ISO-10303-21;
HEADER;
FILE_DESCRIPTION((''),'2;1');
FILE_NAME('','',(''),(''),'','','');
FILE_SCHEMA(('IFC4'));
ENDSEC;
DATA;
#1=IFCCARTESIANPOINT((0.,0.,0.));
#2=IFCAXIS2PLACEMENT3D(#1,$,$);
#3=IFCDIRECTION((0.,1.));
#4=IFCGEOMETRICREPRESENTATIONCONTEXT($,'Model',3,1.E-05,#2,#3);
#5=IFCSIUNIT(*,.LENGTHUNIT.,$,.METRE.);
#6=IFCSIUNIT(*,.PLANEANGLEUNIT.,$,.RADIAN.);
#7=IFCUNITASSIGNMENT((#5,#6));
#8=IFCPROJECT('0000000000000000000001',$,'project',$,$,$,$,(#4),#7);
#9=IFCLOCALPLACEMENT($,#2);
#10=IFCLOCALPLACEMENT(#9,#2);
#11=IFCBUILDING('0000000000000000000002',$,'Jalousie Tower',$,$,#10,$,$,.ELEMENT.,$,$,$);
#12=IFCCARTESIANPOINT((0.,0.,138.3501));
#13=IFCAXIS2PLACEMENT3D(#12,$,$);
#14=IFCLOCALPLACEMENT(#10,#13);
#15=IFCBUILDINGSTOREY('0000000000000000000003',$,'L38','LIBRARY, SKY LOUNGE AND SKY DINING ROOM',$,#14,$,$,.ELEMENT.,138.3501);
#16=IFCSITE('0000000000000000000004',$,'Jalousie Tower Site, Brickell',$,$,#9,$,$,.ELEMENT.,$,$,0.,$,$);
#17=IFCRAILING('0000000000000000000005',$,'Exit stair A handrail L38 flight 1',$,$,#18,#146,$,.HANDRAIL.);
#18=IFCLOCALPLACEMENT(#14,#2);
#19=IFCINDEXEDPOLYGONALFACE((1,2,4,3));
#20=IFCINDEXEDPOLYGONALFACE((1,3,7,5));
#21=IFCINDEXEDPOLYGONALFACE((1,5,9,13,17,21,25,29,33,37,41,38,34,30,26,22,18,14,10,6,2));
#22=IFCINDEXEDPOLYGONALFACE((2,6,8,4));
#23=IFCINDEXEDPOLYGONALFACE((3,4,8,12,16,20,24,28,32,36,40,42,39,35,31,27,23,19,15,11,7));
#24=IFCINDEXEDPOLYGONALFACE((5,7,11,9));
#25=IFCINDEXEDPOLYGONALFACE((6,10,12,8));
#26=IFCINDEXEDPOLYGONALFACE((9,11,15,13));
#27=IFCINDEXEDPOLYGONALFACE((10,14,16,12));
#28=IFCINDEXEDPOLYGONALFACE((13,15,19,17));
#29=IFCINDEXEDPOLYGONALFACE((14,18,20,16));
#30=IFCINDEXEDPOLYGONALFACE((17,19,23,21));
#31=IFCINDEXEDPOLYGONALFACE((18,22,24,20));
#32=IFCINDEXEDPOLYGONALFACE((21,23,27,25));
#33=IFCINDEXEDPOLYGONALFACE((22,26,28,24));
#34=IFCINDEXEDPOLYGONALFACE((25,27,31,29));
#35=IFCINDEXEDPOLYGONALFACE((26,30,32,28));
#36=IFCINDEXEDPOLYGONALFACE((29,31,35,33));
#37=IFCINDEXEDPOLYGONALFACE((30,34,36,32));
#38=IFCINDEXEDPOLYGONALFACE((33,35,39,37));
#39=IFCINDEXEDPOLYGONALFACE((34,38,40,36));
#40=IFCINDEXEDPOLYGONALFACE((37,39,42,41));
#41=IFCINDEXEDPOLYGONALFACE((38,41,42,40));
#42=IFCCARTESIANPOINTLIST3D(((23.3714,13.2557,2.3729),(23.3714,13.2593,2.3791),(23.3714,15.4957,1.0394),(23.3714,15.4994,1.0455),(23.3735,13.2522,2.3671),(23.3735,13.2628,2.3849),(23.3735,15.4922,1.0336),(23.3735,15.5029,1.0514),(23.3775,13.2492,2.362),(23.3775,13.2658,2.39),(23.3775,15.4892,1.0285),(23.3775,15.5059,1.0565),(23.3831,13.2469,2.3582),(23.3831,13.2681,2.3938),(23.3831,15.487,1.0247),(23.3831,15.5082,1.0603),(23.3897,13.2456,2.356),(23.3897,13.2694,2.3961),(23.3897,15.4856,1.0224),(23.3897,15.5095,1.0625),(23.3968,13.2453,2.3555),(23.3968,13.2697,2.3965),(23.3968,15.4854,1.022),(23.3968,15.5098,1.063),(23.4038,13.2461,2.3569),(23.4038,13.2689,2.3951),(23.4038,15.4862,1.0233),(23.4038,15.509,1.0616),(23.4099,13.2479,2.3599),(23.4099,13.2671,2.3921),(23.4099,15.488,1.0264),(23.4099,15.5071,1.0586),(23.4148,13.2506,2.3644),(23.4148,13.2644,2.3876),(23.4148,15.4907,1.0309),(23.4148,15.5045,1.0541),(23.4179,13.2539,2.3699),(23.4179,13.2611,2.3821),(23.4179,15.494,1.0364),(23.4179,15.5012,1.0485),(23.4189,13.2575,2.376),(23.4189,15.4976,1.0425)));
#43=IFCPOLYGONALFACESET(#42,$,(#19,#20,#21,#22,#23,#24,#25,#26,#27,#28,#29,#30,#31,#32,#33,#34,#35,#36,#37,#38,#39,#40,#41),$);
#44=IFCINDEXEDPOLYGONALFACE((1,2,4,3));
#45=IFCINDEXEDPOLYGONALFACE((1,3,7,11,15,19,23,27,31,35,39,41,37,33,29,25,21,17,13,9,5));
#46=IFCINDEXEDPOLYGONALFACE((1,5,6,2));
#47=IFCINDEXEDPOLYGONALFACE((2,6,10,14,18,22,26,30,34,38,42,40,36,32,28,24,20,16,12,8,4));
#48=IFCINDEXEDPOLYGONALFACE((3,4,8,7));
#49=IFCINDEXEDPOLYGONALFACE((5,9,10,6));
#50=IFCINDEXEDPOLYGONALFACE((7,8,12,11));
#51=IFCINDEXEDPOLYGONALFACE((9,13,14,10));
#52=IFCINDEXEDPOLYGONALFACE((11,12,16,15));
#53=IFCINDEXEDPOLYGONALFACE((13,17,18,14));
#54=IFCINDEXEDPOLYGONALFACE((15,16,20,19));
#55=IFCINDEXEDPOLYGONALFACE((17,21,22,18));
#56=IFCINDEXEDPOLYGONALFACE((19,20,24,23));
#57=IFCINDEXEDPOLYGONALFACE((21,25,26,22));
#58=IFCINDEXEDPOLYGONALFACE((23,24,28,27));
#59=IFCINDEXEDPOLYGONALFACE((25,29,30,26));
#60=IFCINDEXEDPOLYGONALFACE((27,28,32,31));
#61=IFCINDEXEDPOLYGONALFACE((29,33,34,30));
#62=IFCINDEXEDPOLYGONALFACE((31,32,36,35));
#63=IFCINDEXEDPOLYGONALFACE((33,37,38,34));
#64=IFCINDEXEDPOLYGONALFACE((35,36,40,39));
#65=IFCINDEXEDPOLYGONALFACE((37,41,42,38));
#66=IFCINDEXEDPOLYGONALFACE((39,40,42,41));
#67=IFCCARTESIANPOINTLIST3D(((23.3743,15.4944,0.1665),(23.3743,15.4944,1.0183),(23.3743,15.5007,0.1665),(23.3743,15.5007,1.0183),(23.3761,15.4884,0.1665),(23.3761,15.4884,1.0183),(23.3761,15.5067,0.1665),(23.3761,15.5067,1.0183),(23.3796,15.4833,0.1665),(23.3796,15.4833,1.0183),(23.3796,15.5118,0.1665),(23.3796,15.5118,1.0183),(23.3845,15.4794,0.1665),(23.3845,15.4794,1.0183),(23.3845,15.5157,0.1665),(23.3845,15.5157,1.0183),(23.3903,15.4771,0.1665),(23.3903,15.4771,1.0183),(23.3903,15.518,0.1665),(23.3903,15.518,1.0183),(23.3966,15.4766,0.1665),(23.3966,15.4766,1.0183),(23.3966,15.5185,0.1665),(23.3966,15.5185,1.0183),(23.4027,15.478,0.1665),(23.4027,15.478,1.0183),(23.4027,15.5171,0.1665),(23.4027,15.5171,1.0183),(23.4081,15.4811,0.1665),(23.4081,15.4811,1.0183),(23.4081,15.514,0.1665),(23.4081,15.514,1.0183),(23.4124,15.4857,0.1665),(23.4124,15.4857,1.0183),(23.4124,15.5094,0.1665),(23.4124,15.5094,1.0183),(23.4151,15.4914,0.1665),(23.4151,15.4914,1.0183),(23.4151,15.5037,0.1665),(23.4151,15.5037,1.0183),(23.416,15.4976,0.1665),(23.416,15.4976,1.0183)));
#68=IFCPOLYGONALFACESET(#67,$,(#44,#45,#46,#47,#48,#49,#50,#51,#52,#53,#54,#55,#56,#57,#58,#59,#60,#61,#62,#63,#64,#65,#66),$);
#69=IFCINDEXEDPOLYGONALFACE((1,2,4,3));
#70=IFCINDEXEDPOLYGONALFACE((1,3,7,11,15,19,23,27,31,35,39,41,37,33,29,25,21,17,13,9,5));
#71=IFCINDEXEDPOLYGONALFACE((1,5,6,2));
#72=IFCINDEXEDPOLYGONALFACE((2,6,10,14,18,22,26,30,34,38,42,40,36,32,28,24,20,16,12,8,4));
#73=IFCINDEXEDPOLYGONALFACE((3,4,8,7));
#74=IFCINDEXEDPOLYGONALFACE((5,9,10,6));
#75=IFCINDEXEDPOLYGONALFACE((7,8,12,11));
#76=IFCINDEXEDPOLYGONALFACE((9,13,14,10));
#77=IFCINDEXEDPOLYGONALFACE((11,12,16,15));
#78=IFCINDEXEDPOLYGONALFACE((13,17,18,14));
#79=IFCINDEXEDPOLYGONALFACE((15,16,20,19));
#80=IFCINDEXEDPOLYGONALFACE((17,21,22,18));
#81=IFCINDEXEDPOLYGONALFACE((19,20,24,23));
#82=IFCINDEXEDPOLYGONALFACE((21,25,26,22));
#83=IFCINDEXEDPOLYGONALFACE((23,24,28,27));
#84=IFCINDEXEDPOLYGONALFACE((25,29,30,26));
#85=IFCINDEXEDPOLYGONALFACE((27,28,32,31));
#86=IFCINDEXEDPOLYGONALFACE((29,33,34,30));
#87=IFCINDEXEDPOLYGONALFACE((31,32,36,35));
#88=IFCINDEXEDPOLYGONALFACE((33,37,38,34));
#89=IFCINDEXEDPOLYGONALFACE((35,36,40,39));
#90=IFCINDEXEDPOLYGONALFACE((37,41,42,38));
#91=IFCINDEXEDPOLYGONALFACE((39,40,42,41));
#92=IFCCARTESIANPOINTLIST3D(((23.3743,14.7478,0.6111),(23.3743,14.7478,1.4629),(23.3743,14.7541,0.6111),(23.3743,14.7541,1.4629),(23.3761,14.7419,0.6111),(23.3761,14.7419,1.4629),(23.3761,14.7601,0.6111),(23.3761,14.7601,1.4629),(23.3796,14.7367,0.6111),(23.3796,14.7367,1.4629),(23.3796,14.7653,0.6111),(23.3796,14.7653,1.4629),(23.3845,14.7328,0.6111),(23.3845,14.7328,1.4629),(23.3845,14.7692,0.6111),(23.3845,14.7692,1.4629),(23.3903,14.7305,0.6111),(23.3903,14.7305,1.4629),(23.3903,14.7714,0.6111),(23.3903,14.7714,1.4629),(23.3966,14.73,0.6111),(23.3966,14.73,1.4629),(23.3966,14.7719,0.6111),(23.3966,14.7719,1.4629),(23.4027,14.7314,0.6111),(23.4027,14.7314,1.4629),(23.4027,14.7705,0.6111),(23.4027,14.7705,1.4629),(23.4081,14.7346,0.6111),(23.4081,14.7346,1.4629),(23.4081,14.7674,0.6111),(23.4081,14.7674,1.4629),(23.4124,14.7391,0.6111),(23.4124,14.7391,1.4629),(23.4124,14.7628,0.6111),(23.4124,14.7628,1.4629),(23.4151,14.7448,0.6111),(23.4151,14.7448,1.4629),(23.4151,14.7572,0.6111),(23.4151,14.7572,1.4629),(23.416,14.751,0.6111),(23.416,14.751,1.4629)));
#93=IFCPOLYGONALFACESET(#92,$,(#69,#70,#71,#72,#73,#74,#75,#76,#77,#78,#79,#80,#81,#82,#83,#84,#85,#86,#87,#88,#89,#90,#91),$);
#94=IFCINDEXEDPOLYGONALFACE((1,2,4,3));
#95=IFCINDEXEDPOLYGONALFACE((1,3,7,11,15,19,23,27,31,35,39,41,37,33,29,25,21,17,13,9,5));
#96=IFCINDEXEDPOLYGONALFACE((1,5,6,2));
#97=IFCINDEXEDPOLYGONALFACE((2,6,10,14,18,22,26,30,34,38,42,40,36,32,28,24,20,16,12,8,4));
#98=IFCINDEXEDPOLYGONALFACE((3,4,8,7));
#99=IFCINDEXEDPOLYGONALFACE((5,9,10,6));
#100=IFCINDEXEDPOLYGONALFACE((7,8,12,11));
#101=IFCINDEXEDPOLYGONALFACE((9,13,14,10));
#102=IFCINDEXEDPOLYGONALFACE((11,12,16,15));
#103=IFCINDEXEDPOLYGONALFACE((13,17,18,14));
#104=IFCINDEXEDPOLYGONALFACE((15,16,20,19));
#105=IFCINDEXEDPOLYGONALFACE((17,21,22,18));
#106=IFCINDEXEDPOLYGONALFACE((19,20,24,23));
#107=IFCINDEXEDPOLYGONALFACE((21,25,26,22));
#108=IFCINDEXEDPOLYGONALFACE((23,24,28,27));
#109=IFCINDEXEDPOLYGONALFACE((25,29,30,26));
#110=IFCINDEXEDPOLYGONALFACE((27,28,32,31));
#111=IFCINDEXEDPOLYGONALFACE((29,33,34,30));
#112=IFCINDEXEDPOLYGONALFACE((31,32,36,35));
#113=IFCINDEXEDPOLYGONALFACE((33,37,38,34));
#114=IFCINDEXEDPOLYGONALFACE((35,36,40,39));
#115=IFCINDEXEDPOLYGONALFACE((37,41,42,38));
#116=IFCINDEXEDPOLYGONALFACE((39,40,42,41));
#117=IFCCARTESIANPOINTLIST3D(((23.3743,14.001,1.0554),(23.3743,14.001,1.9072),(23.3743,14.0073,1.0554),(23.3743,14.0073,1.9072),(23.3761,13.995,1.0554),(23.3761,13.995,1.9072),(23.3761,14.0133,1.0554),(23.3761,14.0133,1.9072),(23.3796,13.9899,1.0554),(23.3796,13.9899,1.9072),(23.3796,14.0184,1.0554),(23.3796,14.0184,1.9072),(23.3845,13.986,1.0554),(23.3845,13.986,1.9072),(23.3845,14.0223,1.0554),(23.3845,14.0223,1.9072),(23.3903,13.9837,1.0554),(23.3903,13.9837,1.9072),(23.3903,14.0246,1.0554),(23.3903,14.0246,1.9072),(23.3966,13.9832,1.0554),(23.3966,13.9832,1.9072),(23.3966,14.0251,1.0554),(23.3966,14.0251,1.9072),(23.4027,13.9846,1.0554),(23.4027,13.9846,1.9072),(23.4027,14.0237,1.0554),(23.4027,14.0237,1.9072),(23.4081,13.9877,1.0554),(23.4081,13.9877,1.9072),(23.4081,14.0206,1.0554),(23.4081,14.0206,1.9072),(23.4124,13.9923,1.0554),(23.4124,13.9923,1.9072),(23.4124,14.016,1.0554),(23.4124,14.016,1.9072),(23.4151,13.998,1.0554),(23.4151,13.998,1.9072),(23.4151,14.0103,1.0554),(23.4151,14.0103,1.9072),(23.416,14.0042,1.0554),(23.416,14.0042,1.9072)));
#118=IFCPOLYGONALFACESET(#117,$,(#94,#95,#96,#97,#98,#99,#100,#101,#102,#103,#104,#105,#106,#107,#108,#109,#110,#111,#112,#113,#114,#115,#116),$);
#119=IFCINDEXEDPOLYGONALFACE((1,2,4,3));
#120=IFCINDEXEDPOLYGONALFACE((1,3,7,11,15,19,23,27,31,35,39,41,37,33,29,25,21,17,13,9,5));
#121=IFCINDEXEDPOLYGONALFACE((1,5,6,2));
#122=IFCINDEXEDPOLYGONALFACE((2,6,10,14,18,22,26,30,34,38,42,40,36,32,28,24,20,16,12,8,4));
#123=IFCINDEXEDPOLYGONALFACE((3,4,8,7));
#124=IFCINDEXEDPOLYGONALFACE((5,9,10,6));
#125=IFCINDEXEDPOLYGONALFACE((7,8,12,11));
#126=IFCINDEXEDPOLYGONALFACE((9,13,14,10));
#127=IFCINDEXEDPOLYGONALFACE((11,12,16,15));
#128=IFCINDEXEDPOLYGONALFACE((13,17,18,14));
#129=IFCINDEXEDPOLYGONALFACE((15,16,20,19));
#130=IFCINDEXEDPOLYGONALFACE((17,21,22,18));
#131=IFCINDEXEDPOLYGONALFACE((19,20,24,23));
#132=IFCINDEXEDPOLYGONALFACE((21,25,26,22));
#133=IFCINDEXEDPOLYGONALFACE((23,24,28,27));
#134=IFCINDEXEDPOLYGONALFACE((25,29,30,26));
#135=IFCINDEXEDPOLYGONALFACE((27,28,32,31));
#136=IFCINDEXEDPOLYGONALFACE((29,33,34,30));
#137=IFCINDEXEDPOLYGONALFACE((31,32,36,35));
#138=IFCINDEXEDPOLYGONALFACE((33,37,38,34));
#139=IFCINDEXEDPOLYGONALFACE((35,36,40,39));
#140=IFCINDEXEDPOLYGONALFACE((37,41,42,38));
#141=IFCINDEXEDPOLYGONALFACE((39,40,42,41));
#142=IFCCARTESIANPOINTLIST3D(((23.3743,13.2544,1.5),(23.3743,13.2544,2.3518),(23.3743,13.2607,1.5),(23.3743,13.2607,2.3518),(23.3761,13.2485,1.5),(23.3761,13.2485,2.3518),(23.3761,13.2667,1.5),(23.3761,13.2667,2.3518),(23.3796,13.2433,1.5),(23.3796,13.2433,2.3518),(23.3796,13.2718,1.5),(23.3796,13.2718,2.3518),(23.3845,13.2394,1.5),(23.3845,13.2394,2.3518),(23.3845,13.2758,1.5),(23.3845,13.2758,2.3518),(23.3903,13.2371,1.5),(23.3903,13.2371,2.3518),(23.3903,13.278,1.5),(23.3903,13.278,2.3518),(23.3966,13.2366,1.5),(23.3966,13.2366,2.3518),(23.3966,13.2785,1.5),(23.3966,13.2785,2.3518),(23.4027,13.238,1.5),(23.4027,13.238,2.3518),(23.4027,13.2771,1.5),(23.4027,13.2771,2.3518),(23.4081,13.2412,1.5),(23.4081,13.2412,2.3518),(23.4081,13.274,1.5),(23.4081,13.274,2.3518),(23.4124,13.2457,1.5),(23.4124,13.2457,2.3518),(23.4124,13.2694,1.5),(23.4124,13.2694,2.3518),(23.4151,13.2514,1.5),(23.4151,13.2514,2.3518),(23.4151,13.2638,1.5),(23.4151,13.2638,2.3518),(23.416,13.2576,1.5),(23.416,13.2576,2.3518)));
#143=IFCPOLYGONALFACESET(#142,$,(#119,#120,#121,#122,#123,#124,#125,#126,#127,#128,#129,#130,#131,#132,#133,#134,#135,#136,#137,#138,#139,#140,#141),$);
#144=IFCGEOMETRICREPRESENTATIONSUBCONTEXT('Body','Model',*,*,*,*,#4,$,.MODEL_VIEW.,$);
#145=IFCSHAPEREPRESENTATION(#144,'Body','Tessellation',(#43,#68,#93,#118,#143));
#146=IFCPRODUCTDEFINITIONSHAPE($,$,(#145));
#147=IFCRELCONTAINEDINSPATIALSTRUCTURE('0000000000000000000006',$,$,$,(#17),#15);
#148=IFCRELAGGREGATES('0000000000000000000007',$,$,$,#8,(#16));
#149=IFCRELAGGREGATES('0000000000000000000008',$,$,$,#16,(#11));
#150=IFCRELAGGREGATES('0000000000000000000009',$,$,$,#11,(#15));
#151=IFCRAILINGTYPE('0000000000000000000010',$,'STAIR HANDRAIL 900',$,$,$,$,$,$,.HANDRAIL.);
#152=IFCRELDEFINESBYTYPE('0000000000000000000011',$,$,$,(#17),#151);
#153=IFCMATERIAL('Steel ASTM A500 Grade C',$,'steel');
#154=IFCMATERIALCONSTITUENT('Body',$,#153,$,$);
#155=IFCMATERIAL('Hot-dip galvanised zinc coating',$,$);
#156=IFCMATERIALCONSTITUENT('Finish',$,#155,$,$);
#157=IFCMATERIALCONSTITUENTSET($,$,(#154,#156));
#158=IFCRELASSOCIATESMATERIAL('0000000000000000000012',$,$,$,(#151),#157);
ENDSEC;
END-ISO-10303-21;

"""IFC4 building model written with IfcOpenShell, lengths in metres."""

from ifc_helpers import new_model, si_unit, direction, frame, origin, origin_2d, place, context, subcontext, project, spatial, circle, extrude, material, constituent, constituent_set, type_object, element, save


model = new_model("IFC4")

# Units and contexts
model_context = context("Model", 3, precision=1e-05, world=origin(), true_north=direction((0.0, 1.0)))
body_context = subcontext(model_context, "Body", "Model", "MODEL_VIEW")
ifc_project = project(units=[si_unit("LENGTHUNIT", "METRE"), si_unit("PLANEANGLEUNIT", "RADIAN")], contexts=[model_context])

# Site, building, storey
site_placement = place(None, origin())
site = spatial("IfcSite", under=ifc_project, at=site_placement, Name="Jalousie Tower Site, Brickell", CompositionType="ELEMENT", RefElevation=0.0)
building_placement = place(site_placement, origin())
building = spatial("IfcBuilding", under=site, at=building_placement, Name="Jalousie Tower", CompositionType="ELEMENT")
storey_placement = place(building_placement, frame((0.0, 0.0, 138.3501)))
storey = spatial("IfcBuildingStorey", under=building, at=storey_placement, Name="L38", Description="LIBRARY, SKY LOUNGE AND SKY DINING ROOM", CompositionType="ELEMENT", Elevation=138.3501)

# Railing
ifc_material_1 = material(Name="Steel ASTM A500 Grade C", Category="steel")
ifc_constituent_1 = constituent(ifc_material_1, Name="Body")
ifc_material_2 = material(Name="Hot-dip galvanised zinc coating")
ifc_constituent_2 = constituent(ifc_material_2, Name="Finish")
ifc_constituent_set_1 = constituent_set(constituents=[ifc_constituent_1, ifc_constituent_2])
railing_type_1 = type_object("IfcRailingType", Name="STAIR HANDRAIL 900", PredefinedType="HANDRAIL", material=ifc_constituent_set_1)
for number, where, name in (
    (1, (23.395, 15.4976, 0.1665), "Exit stair A handrail L38 flight 1"),
):
    element("IfcRailing", number, at=place(storey_placement, frame(where)), inside=storey, type_object=railing_type_1, Name=name, PredefinedType="HANDRAIL", context=body_context, shape_type="SweptSolid", body=[
        extrude(circle(Radius=0.0239, at=origin_2d()), frame((0.0, 0.0, 0.876), z_axis=(0.0, -0.859264, 0.511532), x_axis=(1.0, 0.0, 0.0)), (0.0, 0.0, 1.0), 2.6069),
        extrude(circle(Radius=0.021, at=origin_2d()), origin(), (0.0, 0.0, 1.0), 0.8518),
        extrude(circle(Radius=0.021, at=origin_2d()), frame((0.0, -0.7466, 0.4446)), (0.0, 0.0, 1.0), 0.8518),
        extrude(circle(Radius=0.021, at=origin_2d()), frame((0.0, -1.4934, 0.8889)), (0.0, 0.0, 1.0), 0.8518),
        extrude(circle(Radius=0.021, at=origin_2d()), frame((0.0, -2.24, 1.3335)), (0.0, 0.0, 1.0), 0.8518),
    ])

save(model, "model.ifc")
